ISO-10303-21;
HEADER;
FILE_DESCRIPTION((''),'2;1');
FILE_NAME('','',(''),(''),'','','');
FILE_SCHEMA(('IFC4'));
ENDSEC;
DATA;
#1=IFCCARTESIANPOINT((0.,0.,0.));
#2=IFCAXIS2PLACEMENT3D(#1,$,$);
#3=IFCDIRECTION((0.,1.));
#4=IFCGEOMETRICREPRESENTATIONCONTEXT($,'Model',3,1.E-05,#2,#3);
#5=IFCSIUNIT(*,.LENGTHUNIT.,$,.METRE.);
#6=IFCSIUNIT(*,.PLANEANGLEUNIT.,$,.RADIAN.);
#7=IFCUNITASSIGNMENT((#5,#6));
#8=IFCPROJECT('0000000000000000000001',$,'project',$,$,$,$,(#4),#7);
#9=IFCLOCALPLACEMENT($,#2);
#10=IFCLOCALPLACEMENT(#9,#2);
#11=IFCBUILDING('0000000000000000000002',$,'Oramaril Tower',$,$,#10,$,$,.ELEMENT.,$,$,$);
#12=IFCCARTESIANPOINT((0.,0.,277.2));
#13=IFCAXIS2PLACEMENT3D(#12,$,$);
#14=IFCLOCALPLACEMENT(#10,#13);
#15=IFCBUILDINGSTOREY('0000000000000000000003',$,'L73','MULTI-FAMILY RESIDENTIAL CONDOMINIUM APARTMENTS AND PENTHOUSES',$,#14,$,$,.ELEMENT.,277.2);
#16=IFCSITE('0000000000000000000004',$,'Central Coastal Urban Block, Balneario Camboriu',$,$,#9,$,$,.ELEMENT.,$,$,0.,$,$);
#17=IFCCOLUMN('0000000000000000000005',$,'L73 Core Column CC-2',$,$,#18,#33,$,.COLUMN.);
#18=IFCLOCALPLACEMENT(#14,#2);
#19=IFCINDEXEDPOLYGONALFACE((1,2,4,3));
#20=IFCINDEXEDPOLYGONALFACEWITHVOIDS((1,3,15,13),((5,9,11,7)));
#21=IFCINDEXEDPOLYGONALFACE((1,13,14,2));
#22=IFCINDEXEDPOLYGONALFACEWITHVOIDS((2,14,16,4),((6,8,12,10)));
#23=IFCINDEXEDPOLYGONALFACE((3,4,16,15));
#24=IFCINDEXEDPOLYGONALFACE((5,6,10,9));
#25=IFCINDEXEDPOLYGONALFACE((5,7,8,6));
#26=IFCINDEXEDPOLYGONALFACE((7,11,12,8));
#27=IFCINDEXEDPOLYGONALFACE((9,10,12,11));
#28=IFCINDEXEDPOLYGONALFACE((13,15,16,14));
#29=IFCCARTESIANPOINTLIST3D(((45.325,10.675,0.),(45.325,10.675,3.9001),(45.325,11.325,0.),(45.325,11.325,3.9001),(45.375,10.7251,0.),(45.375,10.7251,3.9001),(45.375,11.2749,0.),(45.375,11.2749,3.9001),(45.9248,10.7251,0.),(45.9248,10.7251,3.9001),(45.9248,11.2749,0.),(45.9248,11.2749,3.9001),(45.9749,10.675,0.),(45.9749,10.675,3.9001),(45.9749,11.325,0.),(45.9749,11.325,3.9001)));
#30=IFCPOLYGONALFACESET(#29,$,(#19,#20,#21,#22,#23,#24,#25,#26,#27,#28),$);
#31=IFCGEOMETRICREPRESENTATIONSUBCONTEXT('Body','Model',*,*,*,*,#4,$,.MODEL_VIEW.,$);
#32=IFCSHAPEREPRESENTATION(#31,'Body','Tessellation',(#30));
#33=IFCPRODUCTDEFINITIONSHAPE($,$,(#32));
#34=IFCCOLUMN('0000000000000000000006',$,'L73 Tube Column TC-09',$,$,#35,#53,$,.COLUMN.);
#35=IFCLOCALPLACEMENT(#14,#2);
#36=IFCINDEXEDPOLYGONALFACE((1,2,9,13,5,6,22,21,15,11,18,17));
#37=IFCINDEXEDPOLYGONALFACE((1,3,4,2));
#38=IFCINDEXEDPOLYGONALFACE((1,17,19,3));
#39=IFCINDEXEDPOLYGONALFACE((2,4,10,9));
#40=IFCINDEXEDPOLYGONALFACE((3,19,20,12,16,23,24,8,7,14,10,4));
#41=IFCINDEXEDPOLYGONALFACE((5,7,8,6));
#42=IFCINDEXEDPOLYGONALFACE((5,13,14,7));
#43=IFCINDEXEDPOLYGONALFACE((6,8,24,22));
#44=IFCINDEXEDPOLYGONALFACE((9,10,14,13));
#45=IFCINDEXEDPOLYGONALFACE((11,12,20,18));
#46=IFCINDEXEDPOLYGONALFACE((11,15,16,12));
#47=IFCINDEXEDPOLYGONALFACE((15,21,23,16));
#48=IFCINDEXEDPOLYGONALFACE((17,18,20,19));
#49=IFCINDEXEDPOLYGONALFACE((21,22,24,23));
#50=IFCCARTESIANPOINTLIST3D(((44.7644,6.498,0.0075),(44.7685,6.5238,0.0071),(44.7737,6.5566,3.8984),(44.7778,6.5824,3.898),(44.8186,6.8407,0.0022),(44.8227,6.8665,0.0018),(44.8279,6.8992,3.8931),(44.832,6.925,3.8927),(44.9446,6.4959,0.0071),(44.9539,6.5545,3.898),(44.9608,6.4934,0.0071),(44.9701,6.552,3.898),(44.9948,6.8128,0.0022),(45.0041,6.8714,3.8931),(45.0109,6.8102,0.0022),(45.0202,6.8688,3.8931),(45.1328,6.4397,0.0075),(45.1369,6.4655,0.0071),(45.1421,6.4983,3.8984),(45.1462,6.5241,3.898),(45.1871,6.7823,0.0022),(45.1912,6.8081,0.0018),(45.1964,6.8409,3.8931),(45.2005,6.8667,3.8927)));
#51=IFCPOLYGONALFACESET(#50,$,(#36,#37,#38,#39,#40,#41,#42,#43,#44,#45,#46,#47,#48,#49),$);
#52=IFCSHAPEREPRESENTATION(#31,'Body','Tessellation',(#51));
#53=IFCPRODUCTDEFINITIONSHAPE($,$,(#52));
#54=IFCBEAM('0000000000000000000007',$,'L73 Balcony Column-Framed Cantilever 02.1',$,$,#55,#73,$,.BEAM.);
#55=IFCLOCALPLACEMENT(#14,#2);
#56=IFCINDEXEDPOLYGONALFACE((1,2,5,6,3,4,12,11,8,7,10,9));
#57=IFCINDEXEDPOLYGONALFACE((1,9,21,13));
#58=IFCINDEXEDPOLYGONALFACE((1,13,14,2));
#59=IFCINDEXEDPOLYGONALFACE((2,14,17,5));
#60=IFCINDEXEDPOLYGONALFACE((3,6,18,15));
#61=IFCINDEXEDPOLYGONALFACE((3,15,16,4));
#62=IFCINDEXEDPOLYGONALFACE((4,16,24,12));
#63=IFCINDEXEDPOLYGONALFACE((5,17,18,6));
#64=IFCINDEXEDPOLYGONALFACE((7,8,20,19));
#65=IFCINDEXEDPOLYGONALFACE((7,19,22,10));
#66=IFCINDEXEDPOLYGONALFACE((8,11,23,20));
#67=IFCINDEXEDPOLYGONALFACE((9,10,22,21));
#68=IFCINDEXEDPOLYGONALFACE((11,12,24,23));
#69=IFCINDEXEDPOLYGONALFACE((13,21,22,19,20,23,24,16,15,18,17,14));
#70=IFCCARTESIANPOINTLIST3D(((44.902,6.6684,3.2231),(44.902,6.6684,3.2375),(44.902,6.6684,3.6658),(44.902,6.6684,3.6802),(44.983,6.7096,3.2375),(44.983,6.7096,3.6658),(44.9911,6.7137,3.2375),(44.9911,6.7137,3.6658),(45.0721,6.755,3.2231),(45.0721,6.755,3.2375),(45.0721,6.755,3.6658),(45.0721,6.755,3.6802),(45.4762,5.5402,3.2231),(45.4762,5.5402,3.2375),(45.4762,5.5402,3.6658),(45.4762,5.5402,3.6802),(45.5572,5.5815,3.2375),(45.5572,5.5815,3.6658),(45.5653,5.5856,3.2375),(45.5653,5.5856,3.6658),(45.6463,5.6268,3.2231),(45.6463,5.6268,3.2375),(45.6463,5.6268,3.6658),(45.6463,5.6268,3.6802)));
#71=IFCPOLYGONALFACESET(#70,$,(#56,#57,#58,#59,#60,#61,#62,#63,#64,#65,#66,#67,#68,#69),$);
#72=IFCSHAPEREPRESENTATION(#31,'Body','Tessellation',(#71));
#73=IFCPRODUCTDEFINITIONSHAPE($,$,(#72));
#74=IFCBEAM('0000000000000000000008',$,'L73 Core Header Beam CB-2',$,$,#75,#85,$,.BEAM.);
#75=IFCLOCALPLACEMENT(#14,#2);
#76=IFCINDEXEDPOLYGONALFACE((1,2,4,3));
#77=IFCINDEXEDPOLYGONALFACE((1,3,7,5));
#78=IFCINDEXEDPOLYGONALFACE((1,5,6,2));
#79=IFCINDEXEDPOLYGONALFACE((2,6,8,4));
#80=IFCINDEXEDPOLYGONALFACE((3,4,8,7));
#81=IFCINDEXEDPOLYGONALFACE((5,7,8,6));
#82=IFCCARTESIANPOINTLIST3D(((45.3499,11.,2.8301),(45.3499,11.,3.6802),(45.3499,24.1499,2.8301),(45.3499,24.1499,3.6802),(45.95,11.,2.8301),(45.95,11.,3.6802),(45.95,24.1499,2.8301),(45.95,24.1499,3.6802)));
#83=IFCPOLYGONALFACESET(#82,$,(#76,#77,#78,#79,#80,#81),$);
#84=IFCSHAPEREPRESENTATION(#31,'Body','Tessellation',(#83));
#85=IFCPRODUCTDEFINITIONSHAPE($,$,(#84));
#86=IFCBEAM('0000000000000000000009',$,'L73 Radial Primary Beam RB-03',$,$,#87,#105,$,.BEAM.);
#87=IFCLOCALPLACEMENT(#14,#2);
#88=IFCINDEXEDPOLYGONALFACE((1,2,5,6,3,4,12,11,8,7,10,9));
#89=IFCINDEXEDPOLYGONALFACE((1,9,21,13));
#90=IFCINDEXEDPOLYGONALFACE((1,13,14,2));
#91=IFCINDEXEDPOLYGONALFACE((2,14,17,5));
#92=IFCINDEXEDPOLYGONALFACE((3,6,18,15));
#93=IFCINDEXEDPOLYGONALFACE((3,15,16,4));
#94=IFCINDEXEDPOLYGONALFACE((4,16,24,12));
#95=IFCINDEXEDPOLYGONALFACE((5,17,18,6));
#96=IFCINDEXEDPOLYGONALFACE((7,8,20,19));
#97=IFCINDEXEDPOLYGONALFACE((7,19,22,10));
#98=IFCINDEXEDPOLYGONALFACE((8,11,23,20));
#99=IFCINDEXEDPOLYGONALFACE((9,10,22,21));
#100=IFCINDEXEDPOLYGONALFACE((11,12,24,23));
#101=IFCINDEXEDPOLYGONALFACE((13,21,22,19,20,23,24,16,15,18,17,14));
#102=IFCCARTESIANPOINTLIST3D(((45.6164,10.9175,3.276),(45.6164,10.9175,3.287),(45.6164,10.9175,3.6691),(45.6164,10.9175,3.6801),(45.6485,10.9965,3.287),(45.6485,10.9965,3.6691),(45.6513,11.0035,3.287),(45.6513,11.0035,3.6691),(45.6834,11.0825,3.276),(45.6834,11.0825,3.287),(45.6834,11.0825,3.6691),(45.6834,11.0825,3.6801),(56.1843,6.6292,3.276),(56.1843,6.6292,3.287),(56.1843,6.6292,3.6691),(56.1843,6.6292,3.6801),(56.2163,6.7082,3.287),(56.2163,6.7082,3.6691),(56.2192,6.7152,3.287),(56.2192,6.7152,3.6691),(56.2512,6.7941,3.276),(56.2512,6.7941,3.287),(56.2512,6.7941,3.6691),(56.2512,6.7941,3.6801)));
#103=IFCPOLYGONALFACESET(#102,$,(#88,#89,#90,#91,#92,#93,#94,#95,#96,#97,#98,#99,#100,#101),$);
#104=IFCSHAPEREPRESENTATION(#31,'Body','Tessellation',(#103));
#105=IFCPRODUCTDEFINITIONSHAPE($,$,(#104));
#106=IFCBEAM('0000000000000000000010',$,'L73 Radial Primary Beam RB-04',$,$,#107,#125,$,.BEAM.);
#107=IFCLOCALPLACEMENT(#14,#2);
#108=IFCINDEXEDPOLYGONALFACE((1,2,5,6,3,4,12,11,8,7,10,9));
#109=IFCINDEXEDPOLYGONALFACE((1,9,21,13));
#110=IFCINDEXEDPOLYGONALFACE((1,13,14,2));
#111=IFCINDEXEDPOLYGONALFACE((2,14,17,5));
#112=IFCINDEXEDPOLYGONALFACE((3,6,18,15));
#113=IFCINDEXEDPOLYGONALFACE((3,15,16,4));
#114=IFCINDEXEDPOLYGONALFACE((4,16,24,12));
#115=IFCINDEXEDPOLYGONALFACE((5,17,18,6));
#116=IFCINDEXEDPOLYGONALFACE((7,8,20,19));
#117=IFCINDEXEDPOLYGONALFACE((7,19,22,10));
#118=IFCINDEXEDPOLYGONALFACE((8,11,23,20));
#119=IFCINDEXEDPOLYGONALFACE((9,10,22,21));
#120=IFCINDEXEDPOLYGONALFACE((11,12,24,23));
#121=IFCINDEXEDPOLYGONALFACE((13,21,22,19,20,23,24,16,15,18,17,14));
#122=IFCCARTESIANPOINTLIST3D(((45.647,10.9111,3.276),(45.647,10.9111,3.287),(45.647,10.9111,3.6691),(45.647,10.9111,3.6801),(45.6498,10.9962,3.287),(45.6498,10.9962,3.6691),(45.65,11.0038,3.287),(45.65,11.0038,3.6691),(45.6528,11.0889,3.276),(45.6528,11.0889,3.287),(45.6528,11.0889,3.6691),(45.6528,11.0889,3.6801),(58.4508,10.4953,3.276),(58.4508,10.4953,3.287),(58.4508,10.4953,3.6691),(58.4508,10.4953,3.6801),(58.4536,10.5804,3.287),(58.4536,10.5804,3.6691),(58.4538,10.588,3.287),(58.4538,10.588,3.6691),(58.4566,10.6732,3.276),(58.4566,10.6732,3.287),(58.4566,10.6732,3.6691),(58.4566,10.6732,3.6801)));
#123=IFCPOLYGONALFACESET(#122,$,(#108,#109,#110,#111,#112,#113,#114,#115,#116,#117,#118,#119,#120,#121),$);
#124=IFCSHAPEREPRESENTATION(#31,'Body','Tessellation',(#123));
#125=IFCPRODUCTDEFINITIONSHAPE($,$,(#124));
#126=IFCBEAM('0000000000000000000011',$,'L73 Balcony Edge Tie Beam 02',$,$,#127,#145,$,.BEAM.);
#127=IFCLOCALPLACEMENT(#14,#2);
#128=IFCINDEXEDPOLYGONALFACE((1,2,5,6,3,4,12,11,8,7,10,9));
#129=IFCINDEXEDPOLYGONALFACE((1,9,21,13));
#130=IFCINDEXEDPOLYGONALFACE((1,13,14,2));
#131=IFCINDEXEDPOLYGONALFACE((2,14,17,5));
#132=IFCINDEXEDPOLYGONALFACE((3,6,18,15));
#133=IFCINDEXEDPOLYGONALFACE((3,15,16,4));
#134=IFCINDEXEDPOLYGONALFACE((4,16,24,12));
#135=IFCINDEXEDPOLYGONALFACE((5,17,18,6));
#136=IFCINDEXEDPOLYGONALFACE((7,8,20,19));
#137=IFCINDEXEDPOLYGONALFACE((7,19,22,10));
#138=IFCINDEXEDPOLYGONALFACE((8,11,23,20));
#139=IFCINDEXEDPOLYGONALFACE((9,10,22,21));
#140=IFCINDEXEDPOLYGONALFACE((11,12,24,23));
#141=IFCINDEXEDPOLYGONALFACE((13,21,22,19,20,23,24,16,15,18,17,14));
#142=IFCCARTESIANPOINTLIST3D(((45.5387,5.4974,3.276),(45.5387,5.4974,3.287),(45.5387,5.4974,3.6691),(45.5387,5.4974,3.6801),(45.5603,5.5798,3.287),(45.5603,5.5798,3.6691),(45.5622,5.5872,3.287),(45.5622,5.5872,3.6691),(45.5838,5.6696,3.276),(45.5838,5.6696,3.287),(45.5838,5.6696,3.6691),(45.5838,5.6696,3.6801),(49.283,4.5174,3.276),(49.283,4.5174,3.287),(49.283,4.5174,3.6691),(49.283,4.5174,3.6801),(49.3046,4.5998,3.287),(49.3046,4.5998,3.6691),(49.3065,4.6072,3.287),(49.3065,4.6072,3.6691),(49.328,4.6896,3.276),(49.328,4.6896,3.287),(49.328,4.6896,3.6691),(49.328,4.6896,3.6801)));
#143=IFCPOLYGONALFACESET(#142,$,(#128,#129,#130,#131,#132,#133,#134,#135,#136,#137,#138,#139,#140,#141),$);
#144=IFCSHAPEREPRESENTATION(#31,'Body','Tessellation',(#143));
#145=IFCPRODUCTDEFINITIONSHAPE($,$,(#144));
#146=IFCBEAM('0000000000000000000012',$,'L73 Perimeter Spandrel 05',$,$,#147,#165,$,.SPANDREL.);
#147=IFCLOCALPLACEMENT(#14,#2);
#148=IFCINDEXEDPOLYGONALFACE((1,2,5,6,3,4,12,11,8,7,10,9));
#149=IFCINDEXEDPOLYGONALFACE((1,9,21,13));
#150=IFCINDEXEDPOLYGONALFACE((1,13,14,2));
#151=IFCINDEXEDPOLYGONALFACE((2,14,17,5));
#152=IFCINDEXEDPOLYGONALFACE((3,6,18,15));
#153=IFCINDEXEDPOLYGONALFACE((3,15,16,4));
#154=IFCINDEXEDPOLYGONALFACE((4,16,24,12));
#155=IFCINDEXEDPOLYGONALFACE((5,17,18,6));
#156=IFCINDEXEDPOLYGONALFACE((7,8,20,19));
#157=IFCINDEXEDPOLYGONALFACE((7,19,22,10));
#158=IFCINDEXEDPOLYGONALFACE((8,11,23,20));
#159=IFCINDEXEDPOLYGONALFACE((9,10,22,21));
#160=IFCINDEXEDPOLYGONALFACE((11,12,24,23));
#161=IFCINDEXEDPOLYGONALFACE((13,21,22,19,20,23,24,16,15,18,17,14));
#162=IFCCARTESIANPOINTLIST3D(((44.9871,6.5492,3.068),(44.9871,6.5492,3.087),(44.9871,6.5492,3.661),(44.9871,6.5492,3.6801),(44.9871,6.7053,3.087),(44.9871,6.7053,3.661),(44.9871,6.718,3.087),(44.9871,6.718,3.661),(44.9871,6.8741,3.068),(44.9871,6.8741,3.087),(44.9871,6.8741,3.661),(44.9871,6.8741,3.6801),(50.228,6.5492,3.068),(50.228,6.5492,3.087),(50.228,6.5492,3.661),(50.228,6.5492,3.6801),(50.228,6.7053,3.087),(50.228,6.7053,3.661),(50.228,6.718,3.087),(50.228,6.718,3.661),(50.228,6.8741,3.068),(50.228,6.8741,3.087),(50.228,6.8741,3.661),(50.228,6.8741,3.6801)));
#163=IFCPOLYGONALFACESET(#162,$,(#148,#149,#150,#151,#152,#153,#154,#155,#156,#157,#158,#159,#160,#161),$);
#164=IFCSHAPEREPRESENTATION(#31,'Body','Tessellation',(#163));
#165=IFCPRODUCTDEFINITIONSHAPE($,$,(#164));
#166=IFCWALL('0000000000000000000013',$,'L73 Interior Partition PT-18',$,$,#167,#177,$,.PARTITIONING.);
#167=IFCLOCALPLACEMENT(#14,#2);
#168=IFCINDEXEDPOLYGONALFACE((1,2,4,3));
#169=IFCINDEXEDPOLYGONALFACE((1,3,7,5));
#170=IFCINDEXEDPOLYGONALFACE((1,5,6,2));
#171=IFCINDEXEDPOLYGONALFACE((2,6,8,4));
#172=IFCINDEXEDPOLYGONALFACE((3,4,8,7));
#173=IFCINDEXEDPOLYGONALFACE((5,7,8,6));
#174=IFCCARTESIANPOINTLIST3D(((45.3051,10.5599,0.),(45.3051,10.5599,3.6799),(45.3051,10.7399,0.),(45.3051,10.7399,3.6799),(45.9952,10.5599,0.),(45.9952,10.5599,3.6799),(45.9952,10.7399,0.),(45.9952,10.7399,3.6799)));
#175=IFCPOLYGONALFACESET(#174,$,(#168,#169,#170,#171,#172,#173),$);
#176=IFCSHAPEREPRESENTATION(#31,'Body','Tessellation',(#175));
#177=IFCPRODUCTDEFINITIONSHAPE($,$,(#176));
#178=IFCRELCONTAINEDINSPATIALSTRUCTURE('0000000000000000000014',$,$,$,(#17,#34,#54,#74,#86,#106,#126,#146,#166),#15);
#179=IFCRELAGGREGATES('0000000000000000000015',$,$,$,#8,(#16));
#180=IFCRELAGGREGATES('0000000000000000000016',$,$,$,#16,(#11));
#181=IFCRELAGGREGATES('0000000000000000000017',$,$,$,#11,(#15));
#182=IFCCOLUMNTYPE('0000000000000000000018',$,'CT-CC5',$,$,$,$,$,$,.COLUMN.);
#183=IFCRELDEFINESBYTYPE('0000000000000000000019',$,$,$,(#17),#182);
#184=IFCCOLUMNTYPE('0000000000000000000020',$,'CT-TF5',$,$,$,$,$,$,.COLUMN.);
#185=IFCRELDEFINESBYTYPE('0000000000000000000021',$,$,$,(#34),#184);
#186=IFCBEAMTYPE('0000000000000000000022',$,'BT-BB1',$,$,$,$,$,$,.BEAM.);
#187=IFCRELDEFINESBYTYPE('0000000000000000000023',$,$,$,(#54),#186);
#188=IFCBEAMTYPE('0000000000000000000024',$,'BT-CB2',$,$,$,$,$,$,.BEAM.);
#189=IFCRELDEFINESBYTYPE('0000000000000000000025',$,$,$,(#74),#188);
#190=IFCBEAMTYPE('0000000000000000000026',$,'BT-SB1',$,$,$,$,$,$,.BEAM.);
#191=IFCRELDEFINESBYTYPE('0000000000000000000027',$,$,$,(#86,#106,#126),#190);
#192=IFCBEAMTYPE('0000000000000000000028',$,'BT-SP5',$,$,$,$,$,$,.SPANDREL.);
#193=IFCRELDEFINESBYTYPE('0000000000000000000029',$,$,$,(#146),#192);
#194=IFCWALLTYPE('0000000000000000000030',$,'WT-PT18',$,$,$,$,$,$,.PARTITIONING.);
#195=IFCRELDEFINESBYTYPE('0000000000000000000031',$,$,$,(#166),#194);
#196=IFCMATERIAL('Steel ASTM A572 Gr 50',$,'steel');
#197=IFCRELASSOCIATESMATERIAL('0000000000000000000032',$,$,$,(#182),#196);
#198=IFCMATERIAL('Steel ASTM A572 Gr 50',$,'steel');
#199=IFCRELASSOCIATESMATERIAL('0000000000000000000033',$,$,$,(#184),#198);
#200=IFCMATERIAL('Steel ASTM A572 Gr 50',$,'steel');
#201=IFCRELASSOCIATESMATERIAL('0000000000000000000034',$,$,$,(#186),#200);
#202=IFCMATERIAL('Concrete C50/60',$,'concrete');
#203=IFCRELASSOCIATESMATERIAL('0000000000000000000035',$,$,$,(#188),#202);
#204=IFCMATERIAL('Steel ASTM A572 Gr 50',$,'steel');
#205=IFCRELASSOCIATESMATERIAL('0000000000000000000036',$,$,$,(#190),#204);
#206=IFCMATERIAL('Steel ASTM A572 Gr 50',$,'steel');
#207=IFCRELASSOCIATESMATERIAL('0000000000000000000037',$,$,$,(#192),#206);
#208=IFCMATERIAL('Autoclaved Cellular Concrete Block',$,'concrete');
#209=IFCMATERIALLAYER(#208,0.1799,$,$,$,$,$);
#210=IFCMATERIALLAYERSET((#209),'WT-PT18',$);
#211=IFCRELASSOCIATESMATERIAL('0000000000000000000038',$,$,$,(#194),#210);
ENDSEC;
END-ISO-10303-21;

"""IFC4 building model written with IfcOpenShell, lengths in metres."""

from ifc_helpers import new_model, si_unit, direction, frame, frame_2d, origin, origin_2d, place, context, subcontext, project, spatial, rectangle, hollow_rectangle, i_section, extrude, material, layer, layer_set, material_profile, profile_set, type_object, element, save


model = new_model("IFC4")

# Units and contexts
model_context = context("Model", 3, precision=1e-05, world=origin(), true_north=direction((0.0, 1.0)))
body_context = subcontext(model_context, "Body", "Model", "MODEL_VIEW")
ifc_project = project(units=[si_unit("LENGTHUNIT", "METRE"), si_unit("PLANEANGLEUNIT", "RADIAN")], contexts=[model_context])

# Site, building, storey
site_placement = place(None, origin())
site = spatial("IfcSite", under=ifc_project, at=site_placement, Name="Central Coastal Urban Block, Balneario Camboriu", CompositionType="ELEMENT", RefElevation=0.0)
building_placement = place(site_placement, origin())
building = spatial("IfcBuilding", under=site, at=building_placement, Name="Oramaril Tower", CompositionType="ELEMENT")
storey_placement = place(building_placement, frame((0.0, 0.0, 277.2)))
storey = spatial("IfcBuildingStorey", under=building, at=storey_placement, Name="L73", Description="MULTI-FAMILY RESIDENTIAL CONDOMINIUM APARTMENTS AND PENTHOUSES", CompositionType="ELEMENT", Elevation=277.2)

# Columns
ifc_material_1 = material(Name="Steel ASTM A572 Gr 50", Category="steel")
ifc_material_profile_1 = material_profile(ifc_material_1, hollow_rectangle(XDim=0.6499, YDim=0.6499, WallThickness=0.05, at=origin_2d()), Name="BOX650X650X50")
ifc_profile_set_1 = profile_set([ifc_material_profile_1], Name="Steel ASTM A572 Gr 50")
column_type_1 = type_object("IfcColumnType", Name="CT-CC5", PredefinedType="COLUMN", material=ifc_profile_set_1)
column_1_placement = place(storey_placement, frame((45.6499, 11.0, 0.0), z_axis=(0.0, 0.0, 1.0), x_axis=(1.0, 0.0, 0.0)))
element("IfcColumn", 1, at=column_1_placement, inside=storey, type_object=column_type_1, Name="L73 Core Column CC-2", PredefinedType="COLUMN", context=body_context, shape_type="SweptSolid", body=[
    extrude(hollow_rectangle(XDim=0.6499, YDim=0.6499, WallThickness=0.05, at=origin_2d()), origin(), (0.0, 0.0, 1.0), 3.9001),
])
ifc_material_2 = material(Name="Steel ASTM A572 Gr 50", Category="steel")
ifc_material_profile_2 = material_profile(ifc_material_2, i_section(OverallWidth=0.373, OverallDepth=0.373, WebThickness=0.0164, FlangeThickness=0.0261, at=origin_2d()), Name="W14X132")
ifc_profile_set_2 = profile_set([ifc_material_profile_2], Name="Steel ASTM A572 Gr 50")
column_type_2 = type_object("IfcColumnType", Name="CT-TF5", PredefinedType="COLUMN", material=ifc_profile_set_2)
column_2_placement = place(storey_placement, frame((44.9778, 6.6531, 0.0046), z_axis=(0.002384, 0.015058, 0.999884), x_axis=(-0.987696, 0.156385, 0.0)))
element("IfcColumn", 2, at=column_2_placement, inside=storey, type_object=column_type_2, Name="L73 Tube Column TC-09", PredefinedType="COLUMN", context=body_context, shape_type="SweptSolid", body=[
    extrude(i_section(OverallWidth=0.373, OverallDepth=0.373, WebThickness=0.0164, FlangeThickness=0.0261, at=origin_2d()), origin(), (0.0, 0.0, 1.0), 3.8914),
])

# Beams
ifc_material_3 = material(Name="Steel ASTM A572 Gr 50", Category="steel")
ifc_material_profile_3 = material_profile(ifc_material_3, i_section(OverallWidth=0.1909, OverallDepth=0.457, WebThickness=0.009, FlangeThickness=0.0144, at=origin_2d()), Name="W18X50")
ifc_profile_set_3 = profile_set([ifc_material_profile_3], Name="Steel ASTM A572 Gr 50")
beam_type_1 = type_object("IfcBeamType", Name="BT-BB1", PredefinedType="BEAM", material=ifc_profile_set_3)
beam_1_placement = place(storey_placement, frame((44.9871, 6.7117, 3.4517), z_axis=(0.453605, -0.891203, 0.0), x_axis=(0.891203, 0.453605, 0.0)))
element("IfcBeam", 3, at=beam_1_placement, inside=storey, type_object=beam_type_1, Name="L73 Balcony Column-Framed Cantilever 02.1", PredefinedType="BEAM", context=body_context, shape_type="SweptSolid", body=[
    extrude(i_section(OverallWidth=0.1909, OverallDepth=0.457, WebThickness=0.009, FlangeThickness=0.0144, at=origin_2d()), origin(), (0.0, 0.0, 1.0), 1.2659),
])
ifc_material_4 = material(Name="Concrete C50/60", Category="concrete")
ifc_material_profile_4 = material_profile(ifc_material_4, rectangle(XDim=0.6001, YDim=0.8501, at=origin_2d()), Name="CB600X850")
ifc_profile_set_4 = profile_set([ifc_material_profile_4], Name="Concrete C50/60")
beam_type_2 = type_object("IfcBeamType", Name="BT-CB2", PredefinedType="BEAM", material=ifc_profile_set_4)
beam_2_placement = place(storey_placement, frame((45.6499, 11.0, 3.2551), z_axis=(0.0, 1.0, 0.0), x_axis=(-1.0, 0.0, 0.0)))
element("IfcBeam", 4, at=beam_2_placement, inside=storey, type_object=beam_type_2, Name="L73 Core Header Beam CB-2", PredefinedType="BEAM", context=body_context, shape_type="SweptSolid", body=[
    extrude(rectangle(XDim=0.6001, YDim=0.8501, at=origin_2d()), origin(), (0.0, 0.0, 1.0), 13.1499),
])
ifc_material_5 = material(Name="Steel ASTM A572 Gr 50", Category="steel")
ifc_material_profile_5 = material_profile(ifc_material_5, i_section(OverallWidth=0.178, OverallDepth=0.4041, WebThickness=0.0076, FlangeThickness=0.011, at=origin_2d()), Name="W16X36")
ifc_profile_set_5 = profile_set([ifc_material_profile_5], Name="Steel ASTM A572 Gr 50")
beam_type_3 = type_object("IfcBeamType", Name="BT-SB1", PredefinedType="BEAM", material=ifc_profile_set_5)
beam_3_placement = place(storey_placement, frame((45.6499, 11.0, 3.478), z_axis=(0.926615, -0.376011, 0.0), x_axis=(0.376011, 0.926615, 0.0)))
element("IfcBeam", 5, at=beam_3_placement, inside=storey, type_object=beam_type_3, Name="L73 Radial Primary Beam RB-03", PredefinedType="BEAM", context=body_context, shape_type="SweptSolid", body=[
    extrude(i_section(OverallWidth=0.178, OverallDepth=0.4041, WebThickness=0.0076, FlangeThickness=0.011, at=origin_2d()), origin(), (0.0, 0.0, 1.0), 11.4048),
])
beam_4_placement = place(storey_placement, frame((45.6499, 11.0, 3.478), z_axis=(0.999473, -0.032456, 0.0), x_axis=(0.032456, 0.999473, 0.0)))
element("IfcBeam", 6, at=beam_4_placement, inside=storey, type_object=beam_type_3, Name="L73 Radial Primary Beam RB-04", PredefinedType="BEAM", context=body_context, shape_type="SweptSolid", body=[
    extrude(i_section(OverallWidth=0.178, OverallDepth=0.4041, WebThickness=0.0076, FlangeThickness=0.011, at=origin_2d()), origin(), (0.0, 0.0, 1.0), 12.8105),
])
beam_5_placement = place(storey_placement, frame((45.5613, 5.5835, 3.478), z_axis=(0.967412, -0.253208, 0.0), x_axis=(0.253208, 0.967412, 0.0)))
element("IfcBeam", 7, at=beam_5_placement, inside=storey, type_object=beam_type_3, Name="L73 Balcony Edge Tie Beam 02", PredefinedType="BEAM", context=body_context, shape_type="SweptSolid", body=[
    extrude(i_section(OverallWidth=0.178, OverallDepth=0.4041, WebThickness=0.0076, FlangeThickness=0.011, at=origin_2d()), origin(), (0.0, 0.0, 1.0), 3.8704),
])
ifc_material_6 = material(Name="Steel ASTM A572 Gr 50", Category="steel")
ifc_material_profile_6 = material_profile(ifc_material_6, i_section(OverallWidth=0.325, OverallDepth=0.6121, WebThickness=0.0127, FlangeThickness=0.019, at=origin_2d()), Name="W24X104")
ifc_profile_set_6 = profile_set([ifc_material_profile_6], Name="Steel ASTM A572 Gr 50")
beam_type_4 = type_object("IfcBeamType", Name="BT-SP5", PredefinedType="SPANDREL", material=ifc_profile_set_6)
beam_6_placement = place(storey_placement, frame((44.9871, 6.7117, 3.374), z_axis=(1.0, 0.0, 0.0), x_axis=(0.0, 1.0, 0.0)))
element("IfcBeam", 8, at=beam_6_placement, inside=storey, type_object=beam_type_4, Name="L73 Perimeter Spandrel 05", PredefinedType="SPANDREL", context=body_context, shape_type="SweptSolid", body=[
    extrude(i_section(OverallWidth=0.325, OverallDepth=0.6121, WebThickness=0.0127, FlangeThickness=0.019, at=origin_2d()), origin(), (0.0, 0.0, 1.0), 5.241),
])

# Wall
ifc_material_7 = material(Name="Autoclaved Cellular Concrete Block", Category="concrete")
ifc_layer_1 = layer(ifc_material_7, 0.1799)
ifc_layer_set_1 = layer_set([ifc_layer_1], Name="WT-PT18")
wall_type_1 = type_object("IfcWallType", Name="WT-PT18", PredefinedType="PARTITIONING", material=ifc_layer_set_1)
wall_1_placement = place(storey_placement, frame((45.3049, 10.6499, 0.0), z_axis=(0.0, 0.0, 1.0), x_axis=(1.0, 0.0, 0.0)))
element("IfcWall", 9, at=wall_1_placement, inside=storey, type_object=wall_type_1, Name="L73 Interior Partition PT-18", PredefinedType="PARTITIONING", context=body_context, shape_type="SweptSolid", body=[
    extrude(rectangle(XDim=0.6902, YDim=0.1799, at=frame_2d((0.3452, 0.0))), origin(), (0.0, 0.0, 1.0), 3.6799),
])

save(model, "model.ifc")
